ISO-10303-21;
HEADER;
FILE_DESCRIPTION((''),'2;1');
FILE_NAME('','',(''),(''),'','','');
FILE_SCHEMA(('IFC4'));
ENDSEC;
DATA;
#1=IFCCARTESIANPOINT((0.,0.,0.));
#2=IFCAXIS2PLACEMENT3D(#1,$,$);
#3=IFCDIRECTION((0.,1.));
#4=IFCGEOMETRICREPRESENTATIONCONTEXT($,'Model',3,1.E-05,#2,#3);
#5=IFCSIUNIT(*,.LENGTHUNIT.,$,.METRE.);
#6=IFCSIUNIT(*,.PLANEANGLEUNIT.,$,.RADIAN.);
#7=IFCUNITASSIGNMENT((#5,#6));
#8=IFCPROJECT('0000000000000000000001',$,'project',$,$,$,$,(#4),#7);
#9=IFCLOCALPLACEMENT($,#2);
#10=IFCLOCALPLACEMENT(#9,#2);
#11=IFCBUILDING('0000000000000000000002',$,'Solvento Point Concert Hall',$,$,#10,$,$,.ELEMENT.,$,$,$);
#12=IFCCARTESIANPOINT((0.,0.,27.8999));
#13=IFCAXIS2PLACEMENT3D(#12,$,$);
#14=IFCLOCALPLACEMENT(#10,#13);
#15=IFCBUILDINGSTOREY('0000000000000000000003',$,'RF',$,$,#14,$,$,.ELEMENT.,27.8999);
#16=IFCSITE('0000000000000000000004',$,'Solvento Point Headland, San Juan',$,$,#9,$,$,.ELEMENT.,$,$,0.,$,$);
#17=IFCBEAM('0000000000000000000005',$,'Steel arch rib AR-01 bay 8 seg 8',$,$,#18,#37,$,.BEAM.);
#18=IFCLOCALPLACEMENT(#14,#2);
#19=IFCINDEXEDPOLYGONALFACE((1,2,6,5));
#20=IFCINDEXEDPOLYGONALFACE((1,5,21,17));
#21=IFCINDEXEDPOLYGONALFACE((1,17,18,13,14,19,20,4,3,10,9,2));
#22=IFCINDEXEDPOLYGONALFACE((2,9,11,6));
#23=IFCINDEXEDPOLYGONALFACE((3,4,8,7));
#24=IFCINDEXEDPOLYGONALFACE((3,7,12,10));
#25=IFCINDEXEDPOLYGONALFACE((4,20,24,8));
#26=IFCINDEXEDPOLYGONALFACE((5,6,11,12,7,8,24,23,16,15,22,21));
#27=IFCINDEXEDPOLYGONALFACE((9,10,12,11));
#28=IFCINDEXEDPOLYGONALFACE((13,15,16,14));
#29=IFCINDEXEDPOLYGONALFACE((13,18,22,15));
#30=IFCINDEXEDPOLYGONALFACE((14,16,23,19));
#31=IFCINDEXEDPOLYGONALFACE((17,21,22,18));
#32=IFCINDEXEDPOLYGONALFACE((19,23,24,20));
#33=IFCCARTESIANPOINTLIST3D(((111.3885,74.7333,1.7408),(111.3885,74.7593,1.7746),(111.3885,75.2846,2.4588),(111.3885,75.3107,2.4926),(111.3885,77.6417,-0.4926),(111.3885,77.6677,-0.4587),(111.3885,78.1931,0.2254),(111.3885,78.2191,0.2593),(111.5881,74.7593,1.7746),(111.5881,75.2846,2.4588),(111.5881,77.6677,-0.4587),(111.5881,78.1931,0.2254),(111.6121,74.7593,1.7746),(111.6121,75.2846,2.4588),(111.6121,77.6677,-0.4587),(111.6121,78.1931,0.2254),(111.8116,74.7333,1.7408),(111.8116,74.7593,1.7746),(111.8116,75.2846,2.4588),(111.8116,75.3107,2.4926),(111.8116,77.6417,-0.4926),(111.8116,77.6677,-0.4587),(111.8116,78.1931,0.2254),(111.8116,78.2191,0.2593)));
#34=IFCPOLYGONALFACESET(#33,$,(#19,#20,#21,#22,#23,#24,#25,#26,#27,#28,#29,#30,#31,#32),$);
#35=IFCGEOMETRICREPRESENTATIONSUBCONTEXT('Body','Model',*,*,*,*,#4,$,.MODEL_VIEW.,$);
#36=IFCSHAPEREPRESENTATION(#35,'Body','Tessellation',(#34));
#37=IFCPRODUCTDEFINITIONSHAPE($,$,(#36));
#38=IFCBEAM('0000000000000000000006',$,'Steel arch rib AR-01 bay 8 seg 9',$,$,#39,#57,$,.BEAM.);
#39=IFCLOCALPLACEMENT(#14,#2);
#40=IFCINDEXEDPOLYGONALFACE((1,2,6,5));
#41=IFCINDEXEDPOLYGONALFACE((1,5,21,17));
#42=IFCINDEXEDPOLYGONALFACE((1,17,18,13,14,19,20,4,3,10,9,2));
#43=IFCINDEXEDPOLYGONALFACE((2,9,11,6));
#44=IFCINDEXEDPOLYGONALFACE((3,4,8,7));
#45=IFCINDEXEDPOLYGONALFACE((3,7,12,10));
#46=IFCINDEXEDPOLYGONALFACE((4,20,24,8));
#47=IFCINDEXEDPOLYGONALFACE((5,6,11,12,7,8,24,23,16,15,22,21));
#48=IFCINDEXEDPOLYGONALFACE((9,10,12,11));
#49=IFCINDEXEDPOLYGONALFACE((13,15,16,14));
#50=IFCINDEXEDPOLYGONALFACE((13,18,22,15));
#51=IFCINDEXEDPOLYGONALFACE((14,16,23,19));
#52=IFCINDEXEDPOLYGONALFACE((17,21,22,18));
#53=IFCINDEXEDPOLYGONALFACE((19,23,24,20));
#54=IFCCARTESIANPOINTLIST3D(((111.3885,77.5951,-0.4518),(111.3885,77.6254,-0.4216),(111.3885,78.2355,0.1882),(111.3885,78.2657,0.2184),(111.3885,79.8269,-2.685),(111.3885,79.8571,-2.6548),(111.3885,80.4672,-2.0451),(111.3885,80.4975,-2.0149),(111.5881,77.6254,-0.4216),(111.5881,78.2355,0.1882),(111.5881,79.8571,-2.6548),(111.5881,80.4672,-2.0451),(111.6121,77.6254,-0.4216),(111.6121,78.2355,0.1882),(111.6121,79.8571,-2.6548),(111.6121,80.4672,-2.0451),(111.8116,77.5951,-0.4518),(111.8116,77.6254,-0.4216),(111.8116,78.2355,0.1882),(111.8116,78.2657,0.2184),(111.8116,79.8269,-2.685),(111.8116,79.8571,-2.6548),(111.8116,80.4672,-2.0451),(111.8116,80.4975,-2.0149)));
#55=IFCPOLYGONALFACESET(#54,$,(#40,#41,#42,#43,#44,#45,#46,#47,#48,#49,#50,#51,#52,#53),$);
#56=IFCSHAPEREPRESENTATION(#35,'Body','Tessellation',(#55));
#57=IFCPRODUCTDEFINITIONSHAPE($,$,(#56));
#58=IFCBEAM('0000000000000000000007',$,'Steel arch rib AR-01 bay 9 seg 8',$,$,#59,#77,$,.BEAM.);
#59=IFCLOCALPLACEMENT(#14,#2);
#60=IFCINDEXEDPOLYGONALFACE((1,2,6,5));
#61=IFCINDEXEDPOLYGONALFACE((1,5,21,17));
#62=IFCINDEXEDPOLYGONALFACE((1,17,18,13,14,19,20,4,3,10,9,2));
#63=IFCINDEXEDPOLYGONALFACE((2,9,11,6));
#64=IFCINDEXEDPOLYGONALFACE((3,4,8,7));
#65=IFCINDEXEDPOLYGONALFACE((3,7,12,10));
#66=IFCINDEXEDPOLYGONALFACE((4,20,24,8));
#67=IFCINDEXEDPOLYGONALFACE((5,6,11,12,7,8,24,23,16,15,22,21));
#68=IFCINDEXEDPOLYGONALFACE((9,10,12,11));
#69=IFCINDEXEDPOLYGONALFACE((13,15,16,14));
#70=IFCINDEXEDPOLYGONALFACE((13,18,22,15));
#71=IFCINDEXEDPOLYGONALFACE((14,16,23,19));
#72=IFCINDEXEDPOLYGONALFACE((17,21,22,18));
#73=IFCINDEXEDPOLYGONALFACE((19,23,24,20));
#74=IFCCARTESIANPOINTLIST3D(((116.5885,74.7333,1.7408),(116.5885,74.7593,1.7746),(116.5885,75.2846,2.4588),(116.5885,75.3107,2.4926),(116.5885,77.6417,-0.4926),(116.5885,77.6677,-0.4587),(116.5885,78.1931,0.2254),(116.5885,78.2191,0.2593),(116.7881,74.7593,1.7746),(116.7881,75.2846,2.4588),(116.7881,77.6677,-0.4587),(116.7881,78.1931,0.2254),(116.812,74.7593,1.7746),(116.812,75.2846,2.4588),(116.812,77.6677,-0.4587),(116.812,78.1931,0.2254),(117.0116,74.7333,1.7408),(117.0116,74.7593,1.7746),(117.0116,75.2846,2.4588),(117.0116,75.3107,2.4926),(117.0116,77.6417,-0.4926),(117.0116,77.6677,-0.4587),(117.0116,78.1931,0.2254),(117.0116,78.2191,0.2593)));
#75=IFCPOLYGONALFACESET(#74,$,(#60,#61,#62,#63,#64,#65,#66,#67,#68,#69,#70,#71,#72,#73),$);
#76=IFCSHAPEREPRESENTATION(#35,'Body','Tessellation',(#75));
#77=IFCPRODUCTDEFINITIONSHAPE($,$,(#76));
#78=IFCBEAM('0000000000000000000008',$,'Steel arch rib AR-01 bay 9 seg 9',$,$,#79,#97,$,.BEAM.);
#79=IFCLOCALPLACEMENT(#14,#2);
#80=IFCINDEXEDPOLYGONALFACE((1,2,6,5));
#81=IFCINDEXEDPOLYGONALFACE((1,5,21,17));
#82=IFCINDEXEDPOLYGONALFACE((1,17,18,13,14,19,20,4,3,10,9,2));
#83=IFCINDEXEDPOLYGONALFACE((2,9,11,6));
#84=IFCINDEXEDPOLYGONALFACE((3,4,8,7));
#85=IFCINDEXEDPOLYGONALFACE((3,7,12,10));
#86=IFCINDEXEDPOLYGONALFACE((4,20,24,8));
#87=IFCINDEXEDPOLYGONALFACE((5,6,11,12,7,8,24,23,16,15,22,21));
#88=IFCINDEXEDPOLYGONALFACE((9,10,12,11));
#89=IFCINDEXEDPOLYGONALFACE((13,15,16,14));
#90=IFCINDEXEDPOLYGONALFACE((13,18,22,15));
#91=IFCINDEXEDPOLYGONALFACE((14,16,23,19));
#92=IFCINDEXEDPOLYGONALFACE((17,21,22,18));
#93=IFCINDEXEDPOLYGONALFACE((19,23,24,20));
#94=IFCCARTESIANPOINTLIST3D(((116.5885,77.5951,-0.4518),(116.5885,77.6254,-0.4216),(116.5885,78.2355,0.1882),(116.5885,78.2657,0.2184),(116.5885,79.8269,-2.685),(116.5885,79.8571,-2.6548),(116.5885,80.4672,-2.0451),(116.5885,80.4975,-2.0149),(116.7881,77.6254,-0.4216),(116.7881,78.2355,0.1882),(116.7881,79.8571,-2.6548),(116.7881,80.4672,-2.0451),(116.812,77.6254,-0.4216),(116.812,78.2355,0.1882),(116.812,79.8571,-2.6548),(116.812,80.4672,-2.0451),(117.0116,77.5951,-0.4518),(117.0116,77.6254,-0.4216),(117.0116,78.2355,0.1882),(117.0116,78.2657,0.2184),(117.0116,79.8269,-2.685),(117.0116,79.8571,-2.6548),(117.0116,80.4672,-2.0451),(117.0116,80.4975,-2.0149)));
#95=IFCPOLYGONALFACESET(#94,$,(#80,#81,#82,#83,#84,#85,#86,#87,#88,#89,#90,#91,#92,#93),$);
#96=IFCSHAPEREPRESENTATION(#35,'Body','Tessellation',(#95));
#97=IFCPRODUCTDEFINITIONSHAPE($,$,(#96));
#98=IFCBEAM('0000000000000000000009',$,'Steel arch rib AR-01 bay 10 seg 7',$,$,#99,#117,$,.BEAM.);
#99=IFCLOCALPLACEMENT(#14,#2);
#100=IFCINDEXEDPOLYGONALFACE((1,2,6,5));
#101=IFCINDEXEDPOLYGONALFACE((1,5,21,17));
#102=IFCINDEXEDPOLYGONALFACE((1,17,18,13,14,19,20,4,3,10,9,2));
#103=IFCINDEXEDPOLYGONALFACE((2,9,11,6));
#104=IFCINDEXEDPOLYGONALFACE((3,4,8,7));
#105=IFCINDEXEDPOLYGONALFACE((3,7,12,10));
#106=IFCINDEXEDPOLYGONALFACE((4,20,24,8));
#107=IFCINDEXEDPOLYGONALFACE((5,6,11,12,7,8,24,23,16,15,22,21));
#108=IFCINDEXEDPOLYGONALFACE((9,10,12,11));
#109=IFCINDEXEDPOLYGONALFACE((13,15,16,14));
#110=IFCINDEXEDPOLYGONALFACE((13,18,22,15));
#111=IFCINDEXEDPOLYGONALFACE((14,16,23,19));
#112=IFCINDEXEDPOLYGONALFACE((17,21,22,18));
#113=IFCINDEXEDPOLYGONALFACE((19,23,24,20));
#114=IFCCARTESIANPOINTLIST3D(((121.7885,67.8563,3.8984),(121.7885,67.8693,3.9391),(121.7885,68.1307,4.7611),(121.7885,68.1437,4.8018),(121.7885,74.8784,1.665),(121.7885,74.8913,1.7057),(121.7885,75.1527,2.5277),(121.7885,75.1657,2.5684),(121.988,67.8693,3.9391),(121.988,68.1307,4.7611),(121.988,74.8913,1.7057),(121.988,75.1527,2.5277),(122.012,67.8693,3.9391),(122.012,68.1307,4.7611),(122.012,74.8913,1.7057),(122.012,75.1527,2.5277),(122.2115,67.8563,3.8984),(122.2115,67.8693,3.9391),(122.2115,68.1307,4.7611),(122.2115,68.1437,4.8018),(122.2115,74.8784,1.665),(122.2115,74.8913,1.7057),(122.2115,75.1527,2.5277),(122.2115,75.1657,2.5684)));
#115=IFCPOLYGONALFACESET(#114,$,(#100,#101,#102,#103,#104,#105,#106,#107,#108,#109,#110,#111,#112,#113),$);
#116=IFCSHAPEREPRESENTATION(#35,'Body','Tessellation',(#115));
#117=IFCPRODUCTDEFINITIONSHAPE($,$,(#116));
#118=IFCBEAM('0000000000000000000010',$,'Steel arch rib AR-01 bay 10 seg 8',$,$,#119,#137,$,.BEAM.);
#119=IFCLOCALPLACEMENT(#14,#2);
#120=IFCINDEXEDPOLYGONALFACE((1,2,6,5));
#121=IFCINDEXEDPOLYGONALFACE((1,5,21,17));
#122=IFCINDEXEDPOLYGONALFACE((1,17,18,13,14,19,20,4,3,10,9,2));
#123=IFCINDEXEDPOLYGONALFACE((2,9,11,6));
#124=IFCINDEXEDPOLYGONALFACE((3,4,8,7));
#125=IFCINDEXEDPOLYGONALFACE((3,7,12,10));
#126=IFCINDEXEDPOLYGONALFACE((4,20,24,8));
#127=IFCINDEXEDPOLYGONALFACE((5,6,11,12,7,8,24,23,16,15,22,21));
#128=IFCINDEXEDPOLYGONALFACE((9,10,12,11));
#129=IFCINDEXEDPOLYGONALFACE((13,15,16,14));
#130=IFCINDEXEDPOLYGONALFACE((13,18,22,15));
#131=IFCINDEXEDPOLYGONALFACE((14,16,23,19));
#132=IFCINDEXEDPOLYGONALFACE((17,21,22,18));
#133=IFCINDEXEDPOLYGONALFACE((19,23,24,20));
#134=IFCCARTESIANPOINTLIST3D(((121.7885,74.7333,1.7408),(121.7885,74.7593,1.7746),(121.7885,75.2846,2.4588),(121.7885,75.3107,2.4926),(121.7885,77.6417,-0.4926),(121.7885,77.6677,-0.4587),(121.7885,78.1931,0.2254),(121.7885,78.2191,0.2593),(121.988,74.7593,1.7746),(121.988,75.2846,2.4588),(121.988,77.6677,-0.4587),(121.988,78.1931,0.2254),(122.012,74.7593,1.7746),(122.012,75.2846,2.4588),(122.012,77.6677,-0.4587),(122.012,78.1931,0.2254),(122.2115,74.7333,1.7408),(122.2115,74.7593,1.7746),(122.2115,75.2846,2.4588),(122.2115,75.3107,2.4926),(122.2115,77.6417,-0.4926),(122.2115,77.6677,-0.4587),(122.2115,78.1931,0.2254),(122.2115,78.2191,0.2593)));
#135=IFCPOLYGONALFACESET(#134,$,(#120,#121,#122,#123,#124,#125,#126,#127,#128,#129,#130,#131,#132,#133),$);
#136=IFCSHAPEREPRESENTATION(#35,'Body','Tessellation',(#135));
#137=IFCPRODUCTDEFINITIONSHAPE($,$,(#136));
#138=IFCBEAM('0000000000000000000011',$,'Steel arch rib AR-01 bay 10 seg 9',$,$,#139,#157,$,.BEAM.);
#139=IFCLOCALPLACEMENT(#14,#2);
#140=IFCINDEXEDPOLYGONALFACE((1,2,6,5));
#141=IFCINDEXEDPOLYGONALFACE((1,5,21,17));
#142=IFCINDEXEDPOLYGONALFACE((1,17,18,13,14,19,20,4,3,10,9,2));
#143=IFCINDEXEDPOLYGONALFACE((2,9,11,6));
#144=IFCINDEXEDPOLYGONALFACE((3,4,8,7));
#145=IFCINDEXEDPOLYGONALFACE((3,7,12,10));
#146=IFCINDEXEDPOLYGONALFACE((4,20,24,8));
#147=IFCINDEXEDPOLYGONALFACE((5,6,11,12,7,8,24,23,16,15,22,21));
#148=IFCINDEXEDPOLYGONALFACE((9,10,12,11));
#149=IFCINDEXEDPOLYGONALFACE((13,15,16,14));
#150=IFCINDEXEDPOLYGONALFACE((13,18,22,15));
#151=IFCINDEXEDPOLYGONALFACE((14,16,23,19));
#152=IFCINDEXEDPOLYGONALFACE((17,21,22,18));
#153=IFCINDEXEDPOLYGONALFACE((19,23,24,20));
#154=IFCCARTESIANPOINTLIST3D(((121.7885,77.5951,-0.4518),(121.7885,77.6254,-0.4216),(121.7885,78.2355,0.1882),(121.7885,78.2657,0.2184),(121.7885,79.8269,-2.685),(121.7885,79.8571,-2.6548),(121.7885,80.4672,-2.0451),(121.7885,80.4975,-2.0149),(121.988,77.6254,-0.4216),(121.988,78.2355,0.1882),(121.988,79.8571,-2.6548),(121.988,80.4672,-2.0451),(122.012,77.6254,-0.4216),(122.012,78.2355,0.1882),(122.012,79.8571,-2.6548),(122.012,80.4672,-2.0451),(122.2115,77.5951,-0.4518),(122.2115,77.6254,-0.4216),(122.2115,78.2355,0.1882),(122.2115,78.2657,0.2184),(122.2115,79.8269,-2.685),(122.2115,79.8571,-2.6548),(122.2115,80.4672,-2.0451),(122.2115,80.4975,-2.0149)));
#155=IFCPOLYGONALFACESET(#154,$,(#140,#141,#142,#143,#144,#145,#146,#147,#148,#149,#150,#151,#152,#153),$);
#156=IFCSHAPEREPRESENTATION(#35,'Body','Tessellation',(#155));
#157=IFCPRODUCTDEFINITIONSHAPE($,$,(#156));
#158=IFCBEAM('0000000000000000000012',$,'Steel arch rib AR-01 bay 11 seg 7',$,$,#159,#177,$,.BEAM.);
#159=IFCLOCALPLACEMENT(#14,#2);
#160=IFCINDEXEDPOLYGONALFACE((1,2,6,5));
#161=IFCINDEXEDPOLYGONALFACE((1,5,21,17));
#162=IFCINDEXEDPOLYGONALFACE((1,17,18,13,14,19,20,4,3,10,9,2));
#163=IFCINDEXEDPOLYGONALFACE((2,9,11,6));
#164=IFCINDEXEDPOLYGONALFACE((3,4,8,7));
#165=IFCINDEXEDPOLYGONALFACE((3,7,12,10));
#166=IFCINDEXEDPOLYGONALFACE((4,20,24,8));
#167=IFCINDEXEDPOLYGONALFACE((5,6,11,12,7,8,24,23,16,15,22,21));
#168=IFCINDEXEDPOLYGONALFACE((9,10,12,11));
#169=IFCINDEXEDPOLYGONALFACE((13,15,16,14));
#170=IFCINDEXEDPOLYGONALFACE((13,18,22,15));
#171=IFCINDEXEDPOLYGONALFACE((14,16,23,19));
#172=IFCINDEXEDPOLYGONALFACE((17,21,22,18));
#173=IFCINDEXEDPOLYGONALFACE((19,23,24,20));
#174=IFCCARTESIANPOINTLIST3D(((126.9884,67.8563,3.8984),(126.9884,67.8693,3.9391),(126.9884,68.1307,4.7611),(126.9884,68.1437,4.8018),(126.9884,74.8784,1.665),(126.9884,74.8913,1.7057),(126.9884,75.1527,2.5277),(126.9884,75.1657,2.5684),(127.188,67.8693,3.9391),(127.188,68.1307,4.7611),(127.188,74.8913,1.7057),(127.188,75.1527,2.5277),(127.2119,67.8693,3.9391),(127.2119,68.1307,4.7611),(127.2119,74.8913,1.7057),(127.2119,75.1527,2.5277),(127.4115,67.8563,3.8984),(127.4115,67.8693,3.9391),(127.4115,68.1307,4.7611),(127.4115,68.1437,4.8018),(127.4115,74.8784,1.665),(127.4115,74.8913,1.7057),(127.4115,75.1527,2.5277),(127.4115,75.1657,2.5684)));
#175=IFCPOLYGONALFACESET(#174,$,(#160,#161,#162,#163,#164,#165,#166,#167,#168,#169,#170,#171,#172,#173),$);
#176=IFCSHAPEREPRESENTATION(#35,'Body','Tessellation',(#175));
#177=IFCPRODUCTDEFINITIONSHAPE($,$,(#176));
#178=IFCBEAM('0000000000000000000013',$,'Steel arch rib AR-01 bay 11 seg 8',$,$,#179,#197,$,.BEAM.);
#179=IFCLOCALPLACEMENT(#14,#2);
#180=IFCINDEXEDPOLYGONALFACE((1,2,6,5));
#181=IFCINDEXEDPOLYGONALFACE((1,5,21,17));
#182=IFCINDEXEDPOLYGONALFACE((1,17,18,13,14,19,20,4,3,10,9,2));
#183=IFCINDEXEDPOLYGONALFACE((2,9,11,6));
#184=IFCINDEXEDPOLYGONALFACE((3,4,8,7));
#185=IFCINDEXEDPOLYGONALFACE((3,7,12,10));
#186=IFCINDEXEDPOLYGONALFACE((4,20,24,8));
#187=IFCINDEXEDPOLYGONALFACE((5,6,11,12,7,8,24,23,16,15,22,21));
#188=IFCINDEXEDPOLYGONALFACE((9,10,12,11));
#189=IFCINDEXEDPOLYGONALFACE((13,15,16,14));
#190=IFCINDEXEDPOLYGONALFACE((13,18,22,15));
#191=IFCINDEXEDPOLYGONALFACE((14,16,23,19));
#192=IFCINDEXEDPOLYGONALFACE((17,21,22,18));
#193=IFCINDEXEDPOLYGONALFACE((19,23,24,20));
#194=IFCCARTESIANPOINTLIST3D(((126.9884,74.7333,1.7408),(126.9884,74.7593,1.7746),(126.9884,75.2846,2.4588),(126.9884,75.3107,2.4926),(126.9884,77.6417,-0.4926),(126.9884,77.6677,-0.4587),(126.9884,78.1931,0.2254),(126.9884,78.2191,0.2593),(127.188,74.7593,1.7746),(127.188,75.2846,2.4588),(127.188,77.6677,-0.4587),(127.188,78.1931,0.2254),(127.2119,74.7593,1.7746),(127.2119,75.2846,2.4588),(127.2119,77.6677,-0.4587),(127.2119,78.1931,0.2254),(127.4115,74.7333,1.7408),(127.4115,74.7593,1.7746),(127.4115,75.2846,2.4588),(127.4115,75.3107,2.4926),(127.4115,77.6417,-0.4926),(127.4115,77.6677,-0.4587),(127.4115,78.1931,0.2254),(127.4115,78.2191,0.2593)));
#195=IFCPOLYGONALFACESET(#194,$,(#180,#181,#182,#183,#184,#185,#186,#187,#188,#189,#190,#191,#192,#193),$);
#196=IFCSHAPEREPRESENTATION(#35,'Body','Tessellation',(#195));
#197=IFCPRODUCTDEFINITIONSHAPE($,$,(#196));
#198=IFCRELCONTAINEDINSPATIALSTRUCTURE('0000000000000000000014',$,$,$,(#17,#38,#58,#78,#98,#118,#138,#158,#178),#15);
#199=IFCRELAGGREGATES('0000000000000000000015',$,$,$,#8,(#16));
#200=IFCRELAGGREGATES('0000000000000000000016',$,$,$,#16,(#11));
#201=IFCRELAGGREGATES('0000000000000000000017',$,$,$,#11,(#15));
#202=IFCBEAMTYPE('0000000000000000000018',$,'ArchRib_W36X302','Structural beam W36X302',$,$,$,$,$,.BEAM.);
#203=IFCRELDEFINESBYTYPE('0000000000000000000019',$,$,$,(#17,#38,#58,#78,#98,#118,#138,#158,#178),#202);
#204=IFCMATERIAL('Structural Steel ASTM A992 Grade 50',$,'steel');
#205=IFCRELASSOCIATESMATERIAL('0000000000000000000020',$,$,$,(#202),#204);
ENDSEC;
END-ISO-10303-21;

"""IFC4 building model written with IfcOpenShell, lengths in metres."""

from ifc_helpers import new_model, si_unit, direction, frame, origin, origin_2d, place, context, subcontext, project, spatial, i_section, extrude, material, material_profile, profile_set, type_object, element, save


model = new_model("IFC4")

# Units and contexts
model_context = context("Model", 3, precision=1e-05, world=origin(), true_north=direction((0.0, 1.0)))
body_context = subcontext(model_context, "Body", "Model", "MODEL_VIEW")
ifc_project = project(units=[si_unit("LENGTHUNIT", "METRE"), si_unit("PLANEANGLEUNIT", "RADIAN")], contexts=[model_context])

# Site, building, storey
site_placement = place(None, origin())
site = spatial("IfcSite", under=ifc_project, at=site_placement, Name="Solvento Point Headland, San Juan", CompositionType="ELEMENT", RefElevation=0.0)
building_placement = place(site_placement, origin())
building = spatial("IfcBuilding", under=site, at=building_placement, Name="Solvento Point Concert Hall", CompositionType="ELEMENT")
storey_placement = place(building_placement, frame((0.0, 0.0, 27.8999)))
storey = spatial("IfcBuildingStorey", under=building, at=storey_placement, Name="RF", CompositionType="ELEMENT", Elevation=27.8999)

# Beams
ifc_material_1 = material(Name="Structural Steel ASTM A992 Grade 50", Category="steel")
ifc_material_profile_1 = material_profile(ifc_material_1, i_section(OverallWidth=0.4231, OverallDepth=0.948, WebThickness=0.0239, FlangeThickness=0.0427, at=origin_2d()), Name="W36X302")
ifc_profile_set_1 = profile_set([ifc_material_profile_1], Name="Structural Steel ASTM A992 Grade 50")
beam_type = type_object("IfcBeamType", Name="ArchRib_W36X302", Description="Structural beam W36X302", PredefinedType="BEAM", material=ifc_profile_set_1)
beam_1_placement = place(storey_placement, frame((111.6001, 75.022, 2.1167), z_axis=(0.0, 0.793134, -0.609048), x_axis=(-1.0, 0.0, 0.0)))
element("IfcBeam", 1, at=beam_1_placement, inside=storey, type_object=beam_type, Name="Steel arch rib AR-01 bay 8 seg 8", PredefinedType="BEAM", context=body_context, shape_type="SweptSolid", body=[
    extrude(i_section(OverallWidth=0.4231, OverallDepth=0.948, WebThickness=0.0239, FlangeThickness=0.0427, at=origin_2d()), origin(), (0.0, 0.0, 1.0), 3.667),
])
beam_2_placement = place(storey_placement, frame((111.6001, 77.9304, -0.1167), z_axis=(0.0, 0.706875, -0.707339), x_axis=(-1.0, 0.0, 0.0)))
element("IfcBeam", 2, at=beam_2_placement, inside=storey, type_object=beam_type, Name="Steel arch rib AR-01 bay 8 seg 9", PredefinedType="BEAM", context=body_context, shape_type="SweptSolid", body=[
    extrude(i_section(OverallWidth=0.4231, OverallDepth=0.948, WebThickness=0.0239, FlangeThickness=0.0427, at=origin_2d()), origin(), (0.0, 0.0, 1.0), 3.1572),
])
beam_3_placement = place(storey_placement, frame((116.8, 75.022, 2.1167), z_axis=(0.0, 0.793134, -0.609048), x_axis=(-1.0, 0.0, 0.0)))
element("IfcBeam", 3, at=beam_3_placement, inside=storey, type_object=beam_type, Name="Steel arch rib AR-01 bay 9 seg 8", PredefinedType="BEAM", context=body_context, shape_type="SweptSolid", body=[
    extrude(i_section(OverallWidth=0.4231, OverallDepth=0.948, WebThickness=0.0239, FlangeThickness=0.0427, at=origin_2d()), origin(), (0.0, 0.0, 1.0), 3.667),
])
beam_4_placement = place(storey_placement, frame((116.8, 77.9304, -0.1167), z_axis=(0.0, 0.706875, -0.707339), x_axis=(-1.0, 0.0, 0.0)))
element("IfcBeam", 4, at=beam_4_placement, inside=storey, type_object=beam_type, Name="Steel arch rib AR-01 bay 9 seg 9", PredefinedType="BEAM", context=body_context, shape_type="SweptSolid", body=[
    extrude(i_section(OverallWidth=0.4231, OverallDepth=0.948, WebThickness=0.0239, FlangeThickness=0.0427, at=origin_2d()), origin(), (0.0, 0.0, 1.0), 3.1572),
])
beam_5_placement = place(storey_placement, frame((122.0, 68.0, 4.3501), z_axis=(0.0, 0.95296, -0.303097), x_axis=(-1.0, 0.0, 0.0)))
element("IfcBeam", 5, at=beam_5_placement, inside=storey, type_object=beam_type, Name="Steel arch rib AR-01 bay 10 seg 7", PredefinedType="BEAM", context=body_context, shape_type="SweptSolid", body=[
    extrude(i_section(OverallWidth=0.4231, OverallDepth=0.948, WebThickness=0.0239, FlangeThickness=0.0427, at=origin_2d()), origin(), (0.0, 0.0, 1.0), 7.3687),
])
beam_6_placement = place(storey_placement, frame((122.0, 75.022, 2.1167), z_axis=(0.0, 0.793134, -0.609048), x_axis=(-1.0, 0.0, 0.0)))
element("IfcBeam", 6, at=beam_6_placement, inside=storey, type_object=beam_type, Name="Steel arch rib AR-01 bay 10 seg 8", PredefinedType="BEAM", context=body_context, shape_type="SweptSolid", body=[
    extrude(i_section(OverallWidth=0.4231, OverallDepth=0.948, WebThickness=0.0239, FlangeThickness=0.0427, at=origin_2d()), origin(), (0.0, 0.0, 1.0), 3.667),
])
beam_7_placement = place(storey_placement, frame((122.0, 77.9304, -0.1167), z_axis=(0.0, 0.706875, -0.707339), x_axis=(-1.0, 0.0, 0.0)))
element("IfcBeam", 7, at=beam_7_placement, inside=storey, type_object=beam_type, Name="Steel arch rib AR-01 bay 10 seg 9", PredefinedType="BEAM", context=body_context, shape_type="SweptSolid", body=[
    extrude(i_section(OverallWidth=0.4231, OverallDepth=0.948, WebThickness=0.0239, FlangeThickness=0.0427, at=origin_2d()), origin(), (0.0, 0.0, 1.0), 3.1572),
])
beam_8_placement = place(storey_placement, frame((127.2, 68.0, 4.3501), z_axis=(0.0, 0.95296, -0.303097), x_axis=(-1.0, 0.0, 0.0)))
element("IfcBeam", 8, at=beam_8_placement, inside=storey, type_object=beam_type, Name="Steel arch rib AR-01 bay 11 seg 7", PredefinedType="BEAM", context=body_context, shape_type="SweptSolid", body=[
    extrude(i_section(OverallWidth=0.4231, OverallDepth=0.948, WebThickness=0.0239, FlangeThickness=0.0427, at=origin_2d()), origin(), (0.0, 0.0, 1.0), 7.3687),
])
beam_9_placement = place(storey_placement, frame((127.2, 75.022, 2.1167), z_axis=(0.0, 0.793134, -0.609048), x_axis=(-1.0, 0.0, 0.0)))
element("IfcBeam", 9, at=beam_9_placement, inside=storey, type_object=beam_type, Name="Steel arch rib AR-01 bay 11 seg 8", PredefinedType="BEAM", context=body_context, shape_type="SweptSolid", body=[
    extrude(i_section(OverallWidth=0.4231, OverallDepth=0.948, WebThickness=0.0239, FlangeThickness=0.0427, at=origin_2d()), origin(), (0.0, 0.0, 1.0), 3.667),
])

save(model, "model.ifc")
